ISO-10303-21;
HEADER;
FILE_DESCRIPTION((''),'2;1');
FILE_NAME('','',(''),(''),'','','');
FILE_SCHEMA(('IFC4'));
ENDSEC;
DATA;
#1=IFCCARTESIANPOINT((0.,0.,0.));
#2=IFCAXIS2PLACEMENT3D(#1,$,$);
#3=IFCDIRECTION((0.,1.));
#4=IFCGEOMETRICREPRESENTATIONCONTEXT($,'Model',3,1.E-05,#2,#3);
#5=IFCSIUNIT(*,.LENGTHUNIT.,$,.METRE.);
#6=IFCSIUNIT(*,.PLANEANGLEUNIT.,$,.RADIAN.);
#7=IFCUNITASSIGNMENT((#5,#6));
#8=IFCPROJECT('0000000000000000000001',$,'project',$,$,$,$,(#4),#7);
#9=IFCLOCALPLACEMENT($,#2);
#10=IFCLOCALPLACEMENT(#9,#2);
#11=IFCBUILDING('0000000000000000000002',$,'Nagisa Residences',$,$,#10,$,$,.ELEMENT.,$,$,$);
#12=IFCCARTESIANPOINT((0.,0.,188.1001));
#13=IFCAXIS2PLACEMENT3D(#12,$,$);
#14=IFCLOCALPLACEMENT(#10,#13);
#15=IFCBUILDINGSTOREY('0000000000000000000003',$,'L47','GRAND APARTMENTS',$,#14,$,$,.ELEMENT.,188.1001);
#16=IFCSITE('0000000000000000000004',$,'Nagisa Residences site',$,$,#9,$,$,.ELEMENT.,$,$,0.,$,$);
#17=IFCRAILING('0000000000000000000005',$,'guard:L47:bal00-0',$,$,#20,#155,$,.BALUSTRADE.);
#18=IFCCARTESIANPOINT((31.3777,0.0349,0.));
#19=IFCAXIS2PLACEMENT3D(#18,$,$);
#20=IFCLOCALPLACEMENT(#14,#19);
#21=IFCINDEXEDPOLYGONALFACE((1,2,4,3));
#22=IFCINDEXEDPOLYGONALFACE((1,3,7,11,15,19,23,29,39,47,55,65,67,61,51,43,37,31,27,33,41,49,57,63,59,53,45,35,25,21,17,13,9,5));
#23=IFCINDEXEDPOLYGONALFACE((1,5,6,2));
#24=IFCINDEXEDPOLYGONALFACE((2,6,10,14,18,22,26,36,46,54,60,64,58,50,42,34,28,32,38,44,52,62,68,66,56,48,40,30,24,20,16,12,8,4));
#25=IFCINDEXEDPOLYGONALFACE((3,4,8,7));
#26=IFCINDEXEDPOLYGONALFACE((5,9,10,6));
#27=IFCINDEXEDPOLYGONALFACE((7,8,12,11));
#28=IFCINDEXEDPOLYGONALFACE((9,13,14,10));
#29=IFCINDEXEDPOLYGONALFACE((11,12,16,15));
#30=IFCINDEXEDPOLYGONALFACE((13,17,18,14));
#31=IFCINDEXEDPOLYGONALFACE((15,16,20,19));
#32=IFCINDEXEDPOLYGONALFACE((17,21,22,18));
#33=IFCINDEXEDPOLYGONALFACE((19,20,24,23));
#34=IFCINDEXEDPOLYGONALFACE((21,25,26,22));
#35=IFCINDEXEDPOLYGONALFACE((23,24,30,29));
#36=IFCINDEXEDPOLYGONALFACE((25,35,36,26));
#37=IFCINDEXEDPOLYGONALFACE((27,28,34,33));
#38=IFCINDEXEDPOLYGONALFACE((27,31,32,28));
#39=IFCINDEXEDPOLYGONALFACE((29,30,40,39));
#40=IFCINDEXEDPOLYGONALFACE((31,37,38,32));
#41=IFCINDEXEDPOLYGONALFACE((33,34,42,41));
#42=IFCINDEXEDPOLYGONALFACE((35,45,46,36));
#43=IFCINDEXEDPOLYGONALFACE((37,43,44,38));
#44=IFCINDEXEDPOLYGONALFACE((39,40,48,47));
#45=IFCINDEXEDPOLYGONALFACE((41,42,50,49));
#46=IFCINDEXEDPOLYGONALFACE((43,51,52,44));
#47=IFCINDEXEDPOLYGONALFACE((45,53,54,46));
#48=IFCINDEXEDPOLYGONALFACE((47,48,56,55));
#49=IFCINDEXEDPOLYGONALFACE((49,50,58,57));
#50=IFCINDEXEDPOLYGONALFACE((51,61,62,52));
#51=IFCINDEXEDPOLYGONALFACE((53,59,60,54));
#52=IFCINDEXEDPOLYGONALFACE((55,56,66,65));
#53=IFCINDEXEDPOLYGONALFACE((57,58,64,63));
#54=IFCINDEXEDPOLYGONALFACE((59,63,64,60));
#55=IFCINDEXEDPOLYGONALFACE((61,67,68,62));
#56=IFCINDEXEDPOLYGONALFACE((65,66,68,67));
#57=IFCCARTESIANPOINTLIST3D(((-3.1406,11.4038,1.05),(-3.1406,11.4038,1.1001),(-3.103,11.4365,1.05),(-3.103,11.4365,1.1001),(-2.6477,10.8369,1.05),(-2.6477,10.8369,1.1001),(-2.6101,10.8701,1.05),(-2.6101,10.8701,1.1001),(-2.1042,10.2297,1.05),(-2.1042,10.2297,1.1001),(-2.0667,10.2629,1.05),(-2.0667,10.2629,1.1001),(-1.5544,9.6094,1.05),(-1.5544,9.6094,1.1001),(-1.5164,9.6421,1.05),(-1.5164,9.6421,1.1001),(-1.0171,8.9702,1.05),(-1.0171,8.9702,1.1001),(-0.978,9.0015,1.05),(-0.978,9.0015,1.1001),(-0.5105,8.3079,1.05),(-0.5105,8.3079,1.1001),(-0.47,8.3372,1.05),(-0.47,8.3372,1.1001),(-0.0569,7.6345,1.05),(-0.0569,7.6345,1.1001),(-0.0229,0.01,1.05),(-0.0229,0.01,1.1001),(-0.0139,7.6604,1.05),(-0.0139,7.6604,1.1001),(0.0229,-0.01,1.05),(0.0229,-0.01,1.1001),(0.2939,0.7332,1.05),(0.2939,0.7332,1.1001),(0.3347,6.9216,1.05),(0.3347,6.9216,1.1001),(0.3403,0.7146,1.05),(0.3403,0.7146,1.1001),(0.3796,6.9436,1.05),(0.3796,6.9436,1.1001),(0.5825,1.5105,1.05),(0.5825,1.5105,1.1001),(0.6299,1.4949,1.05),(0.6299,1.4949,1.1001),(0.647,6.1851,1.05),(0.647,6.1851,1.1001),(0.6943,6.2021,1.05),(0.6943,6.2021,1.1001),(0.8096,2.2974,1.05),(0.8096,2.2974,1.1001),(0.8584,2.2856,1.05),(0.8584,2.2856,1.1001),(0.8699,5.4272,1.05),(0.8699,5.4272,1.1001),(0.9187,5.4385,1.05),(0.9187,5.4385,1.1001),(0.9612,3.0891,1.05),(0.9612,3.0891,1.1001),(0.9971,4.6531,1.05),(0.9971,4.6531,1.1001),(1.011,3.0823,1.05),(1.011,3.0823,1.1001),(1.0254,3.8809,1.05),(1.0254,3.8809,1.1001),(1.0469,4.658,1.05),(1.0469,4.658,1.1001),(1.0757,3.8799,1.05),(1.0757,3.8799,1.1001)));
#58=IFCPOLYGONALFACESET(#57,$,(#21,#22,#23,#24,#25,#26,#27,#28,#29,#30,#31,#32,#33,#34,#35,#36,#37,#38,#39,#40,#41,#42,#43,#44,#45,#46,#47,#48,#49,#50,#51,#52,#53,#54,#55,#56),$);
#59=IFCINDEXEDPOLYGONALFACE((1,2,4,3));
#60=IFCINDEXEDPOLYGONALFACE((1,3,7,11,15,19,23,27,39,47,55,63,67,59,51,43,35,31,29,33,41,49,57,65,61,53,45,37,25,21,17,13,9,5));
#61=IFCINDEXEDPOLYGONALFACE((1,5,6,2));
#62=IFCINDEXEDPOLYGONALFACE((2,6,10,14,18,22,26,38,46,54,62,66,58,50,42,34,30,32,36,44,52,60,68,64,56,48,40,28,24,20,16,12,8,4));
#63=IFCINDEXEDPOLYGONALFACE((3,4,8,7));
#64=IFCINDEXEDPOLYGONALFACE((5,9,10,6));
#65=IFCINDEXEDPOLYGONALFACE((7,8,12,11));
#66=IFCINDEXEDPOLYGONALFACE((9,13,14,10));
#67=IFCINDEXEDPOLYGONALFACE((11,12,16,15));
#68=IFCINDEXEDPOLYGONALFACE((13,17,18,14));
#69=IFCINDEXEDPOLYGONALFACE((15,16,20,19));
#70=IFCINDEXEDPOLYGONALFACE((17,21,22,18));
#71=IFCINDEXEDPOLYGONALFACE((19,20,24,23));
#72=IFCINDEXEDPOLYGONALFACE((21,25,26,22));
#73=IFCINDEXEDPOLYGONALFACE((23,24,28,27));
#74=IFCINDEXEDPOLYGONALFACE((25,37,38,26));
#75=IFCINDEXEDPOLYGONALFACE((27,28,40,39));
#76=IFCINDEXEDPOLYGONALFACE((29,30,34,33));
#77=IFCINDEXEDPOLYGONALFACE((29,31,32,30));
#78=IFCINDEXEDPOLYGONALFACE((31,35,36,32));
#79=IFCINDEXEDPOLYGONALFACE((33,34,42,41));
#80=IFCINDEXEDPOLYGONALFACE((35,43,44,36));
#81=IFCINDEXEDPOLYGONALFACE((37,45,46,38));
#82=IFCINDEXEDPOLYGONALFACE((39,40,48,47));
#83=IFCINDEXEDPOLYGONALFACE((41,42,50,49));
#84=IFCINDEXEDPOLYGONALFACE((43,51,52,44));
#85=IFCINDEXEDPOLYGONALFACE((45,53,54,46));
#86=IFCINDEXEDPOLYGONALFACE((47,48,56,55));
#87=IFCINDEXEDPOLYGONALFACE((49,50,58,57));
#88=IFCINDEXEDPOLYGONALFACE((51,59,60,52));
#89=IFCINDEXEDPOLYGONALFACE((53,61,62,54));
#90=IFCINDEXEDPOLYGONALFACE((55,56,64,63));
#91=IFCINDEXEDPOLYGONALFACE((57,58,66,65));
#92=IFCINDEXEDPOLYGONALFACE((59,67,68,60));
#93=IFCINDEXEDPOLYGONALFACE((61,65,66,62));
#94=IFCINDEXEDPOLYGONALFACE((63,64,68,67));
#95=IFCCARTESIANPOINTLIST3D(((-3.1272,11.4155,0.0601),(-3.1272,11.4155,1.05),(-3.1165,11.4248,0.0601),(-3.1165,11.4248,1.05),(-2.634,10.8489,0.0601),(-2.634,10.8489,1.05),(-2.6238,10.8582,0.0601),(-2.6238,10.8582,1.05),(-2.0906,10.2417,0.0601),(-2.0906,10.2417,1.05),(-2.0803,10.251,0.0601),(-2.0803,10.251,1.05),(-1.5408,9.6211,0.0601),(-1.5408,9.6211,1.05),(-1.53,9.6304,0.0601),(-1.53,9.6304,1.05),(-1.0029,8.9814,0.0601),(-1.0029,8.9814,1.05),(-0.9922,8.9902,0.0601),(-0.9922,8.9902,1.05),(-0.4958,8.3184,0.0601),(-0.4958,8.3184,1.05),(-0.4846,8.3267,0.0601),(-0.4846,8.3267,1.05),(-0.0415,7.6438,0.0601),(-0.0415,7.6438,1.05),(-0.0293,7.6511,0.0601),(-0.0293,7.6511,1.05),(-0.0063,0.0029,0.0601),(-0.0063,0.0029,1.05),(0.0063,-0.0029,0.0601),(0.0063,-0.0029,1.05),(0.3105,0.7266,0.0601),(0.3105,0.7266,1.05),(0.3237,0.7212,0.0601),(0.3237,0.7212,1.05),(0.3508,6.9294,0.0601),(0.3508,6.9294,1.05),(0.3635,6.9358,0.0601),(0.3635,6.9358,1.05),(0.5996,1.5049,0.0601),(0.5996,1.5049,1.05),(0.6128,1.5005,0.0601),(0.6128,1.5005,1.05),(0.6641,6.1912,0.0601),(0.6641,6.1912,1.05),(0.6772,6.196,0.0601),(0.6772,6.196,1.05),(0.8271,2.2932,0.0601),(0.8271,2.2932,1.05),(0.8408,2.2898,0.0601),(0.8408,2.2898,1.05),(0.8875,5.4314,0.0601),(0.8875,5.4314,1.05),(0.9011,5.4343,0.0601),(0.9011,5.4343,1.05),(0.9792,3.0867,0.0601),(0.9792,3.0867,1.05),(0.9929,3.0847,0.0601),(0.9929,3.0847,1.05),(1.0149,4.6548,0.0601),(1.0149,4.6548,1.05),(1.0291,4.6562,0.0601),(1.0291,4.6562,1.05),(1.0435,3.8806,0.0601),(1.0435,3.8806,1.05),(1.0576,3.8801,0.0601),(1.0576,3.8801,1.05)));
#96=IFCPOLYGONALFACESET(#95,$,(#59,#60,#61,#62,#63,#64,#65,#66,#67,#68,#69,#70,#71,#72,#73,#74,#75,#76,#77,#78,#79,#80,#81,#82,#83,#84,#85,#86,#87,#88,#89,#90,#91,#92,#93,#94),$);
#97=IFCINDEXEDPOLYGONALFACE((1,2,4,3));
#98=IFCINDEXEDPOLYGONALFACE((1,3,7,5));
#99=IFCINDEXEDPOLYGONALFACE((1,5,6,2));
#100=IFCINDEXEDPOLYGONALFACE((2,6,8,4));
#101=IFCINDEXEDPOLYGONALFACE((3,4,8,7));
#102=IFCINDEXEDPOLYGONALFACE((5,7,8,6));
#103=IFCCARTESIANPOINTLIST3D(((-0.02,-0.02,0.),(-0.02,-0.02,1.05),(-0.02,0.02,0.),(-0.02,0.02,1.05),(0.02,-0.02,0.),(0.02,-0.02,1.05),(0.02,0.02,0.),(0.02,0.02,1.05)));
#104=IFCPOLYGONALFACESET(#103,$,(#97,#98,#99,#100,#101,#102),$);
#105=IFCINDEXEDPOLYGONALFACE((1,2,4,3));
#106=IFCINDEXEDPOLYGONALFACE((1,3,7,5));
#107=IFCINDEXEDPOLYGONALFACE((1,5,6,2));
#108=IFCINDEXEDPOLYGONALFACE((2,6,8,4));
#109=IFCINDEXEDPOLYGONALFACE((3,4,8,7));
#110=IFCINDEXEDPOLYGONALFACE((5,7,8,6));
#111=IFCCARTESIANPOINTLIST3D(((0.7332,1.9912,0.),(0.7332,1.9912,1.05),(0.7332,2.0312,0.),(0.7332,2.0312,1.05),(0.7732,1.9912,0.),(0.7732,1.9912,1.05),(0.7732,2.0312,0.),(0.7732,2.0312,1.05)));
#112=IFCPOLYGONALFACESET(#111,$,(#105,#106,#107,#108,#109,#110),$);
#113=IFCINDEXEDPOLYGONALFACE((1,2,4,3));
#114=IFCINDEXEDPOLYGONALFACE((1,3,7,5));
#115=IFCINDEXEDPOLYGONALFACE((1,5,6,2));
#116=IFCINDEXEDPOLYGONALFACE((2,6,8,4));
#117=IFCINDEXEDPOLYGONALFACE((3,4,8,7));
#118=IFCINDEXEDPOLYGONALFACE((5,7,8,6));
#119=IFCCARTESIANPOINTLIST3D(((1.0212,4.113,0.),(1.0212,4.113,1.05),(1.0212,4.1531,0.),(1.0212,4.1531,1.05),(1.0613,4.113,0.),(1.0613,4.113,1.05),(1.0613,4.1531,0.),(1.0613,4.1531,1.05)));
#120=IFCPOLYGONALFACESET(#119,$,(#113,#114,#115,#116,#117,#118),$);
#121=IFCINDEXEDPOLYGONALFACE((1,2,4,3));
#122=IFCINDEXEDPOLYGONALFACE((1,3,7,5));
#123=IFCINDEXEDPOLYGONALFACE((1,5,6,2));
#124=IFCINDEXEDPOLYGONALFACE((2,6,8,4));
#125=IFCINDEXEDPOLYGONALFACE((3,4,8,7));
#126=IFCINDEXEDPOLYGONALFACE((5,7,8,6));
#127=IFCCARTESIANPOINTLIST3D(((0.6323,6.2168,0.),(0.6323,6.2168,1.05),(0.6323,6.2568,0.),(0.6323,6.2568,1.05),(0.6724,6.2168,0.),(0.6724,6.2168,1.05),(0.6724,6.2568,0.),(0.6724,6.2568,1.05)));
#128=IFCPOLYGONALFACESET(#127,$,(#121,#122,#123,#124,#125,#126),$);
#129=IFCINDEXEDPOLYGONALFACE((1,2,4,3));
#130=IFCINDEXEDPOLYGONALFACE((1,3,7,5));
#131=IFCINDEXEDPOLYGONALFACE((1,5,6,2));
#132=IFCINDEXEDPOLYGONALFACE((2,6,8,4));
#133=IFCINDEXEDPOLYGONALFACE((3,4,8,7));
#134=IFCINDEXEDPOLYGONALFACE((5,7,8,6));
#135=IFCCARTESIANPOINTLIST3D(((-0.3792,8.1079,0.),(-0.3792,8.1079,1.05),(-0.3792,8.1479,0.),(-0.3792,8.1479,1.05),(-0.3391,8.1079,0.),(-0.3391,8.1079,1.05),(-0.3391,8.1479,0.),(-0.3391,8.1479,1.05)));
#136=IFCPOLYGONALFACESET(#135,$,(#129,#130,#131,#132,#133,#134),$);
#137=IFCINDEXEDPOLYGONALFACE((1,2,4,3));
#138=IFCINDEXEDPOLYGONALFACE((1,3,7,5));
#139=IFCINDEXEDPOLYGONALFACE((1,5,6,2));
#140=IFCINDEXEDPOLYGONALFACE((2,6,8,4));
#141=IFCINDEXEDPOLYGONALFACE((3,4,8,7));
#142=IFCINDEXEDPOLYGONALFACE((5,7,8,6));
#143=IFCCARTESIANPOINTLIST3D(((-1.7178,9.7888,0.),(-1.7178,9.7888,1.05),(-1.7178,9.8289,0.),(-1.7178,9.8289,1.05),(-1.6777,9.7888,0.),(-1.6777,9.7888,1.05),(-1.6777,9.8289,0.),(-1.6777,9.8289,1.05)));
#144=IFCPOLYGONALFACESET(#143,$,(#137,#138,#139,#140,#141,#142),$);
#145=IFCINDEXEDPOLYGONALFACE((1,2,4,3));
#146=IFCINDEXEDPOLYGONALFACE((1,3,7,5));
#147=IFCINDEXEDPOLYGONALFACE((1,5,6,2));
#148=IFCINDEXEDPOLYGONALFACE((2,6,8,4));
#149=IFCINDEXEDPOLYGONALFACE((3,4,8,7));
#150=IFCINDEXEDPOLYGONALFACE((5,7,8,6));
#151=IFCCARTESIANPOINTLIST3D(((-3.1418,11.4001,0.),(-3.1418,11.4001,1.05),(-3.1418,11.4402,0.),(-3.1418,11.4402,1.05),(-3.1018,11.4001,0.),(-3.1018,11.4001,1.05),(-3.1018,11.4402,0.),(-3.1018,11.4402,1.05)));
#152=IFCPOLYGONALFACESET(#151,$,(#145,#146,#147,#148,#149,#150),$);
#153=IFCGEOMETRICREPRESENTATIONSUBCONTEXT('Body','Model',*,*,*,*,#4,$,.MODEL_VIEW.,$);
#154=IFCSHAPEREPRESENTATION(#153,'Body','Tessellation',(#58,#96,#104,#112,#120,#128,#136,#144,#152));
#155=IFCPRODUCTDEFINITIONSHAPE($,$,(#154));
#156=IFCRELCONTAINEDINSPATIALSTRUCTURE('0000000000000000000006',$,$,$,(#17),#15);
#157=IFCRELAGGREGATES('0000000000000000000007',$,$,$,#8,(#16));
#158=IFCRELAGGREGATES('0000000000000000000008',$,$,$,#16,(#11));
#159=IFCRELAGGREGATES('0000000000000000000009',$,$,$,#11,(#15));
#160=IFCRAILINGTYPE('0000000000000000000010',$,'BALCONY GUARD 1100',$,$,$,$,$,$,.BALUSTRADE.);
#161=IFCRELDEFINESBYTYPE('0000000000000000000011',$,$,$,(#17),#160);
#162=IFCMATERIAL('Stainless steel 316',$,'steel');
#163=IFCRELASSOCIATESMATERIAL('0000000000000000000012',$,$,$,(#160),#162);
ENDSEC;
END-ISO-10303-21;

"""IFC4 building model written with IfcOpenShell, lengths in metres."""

from ifc_helpers import new_model, si_unit, direction, frame, origin, origin_2d, place, context, subcontext, project, spatial, polyline, rectangle, outline, extrude, material, type_object, element, save


model = new_model("IFC4")

# Units and contexts
model_context = context("Model", 3, precision=1e-05, world=origin(), true_north=direction((0.0, 1.0)))
body_context = subcontext(model_context, "Body", "Model", "MODEL_VIEW")
ifc_project = project(units=[si_unit("LENGTHUNIT", "METRE"), si_unit("PLANEANGLEUNIT", "RADIAN")], contexts=[model_context])

# Site, building, storey
site_placement = place(None, origin())
site = spatial("IfcSite", under=ifc_project, at=site_placement, Name="Nagisa Residences site", CompositionType="ELEMENT", RefElevation=0.0)
building_placement = place(site_placement, origin())
building = spatial("IfcBuilding", under=site, at=building_placement, Name="Nagisa Residences", CompositionType="ELEMENT")
storey_placement = place(building_placement, frame((0.0, 0.0, 188.1001)))
storey = spatial("IfcBuildingStorey", under=building, at=storey_placement, Name="L47", Description="GRAND APARTMENTS", CompositionType="ELEMENT", Elevation=188.1001)

# Railing
ifc_material_1 = material(Name="Stainless steel 316", Category="steel")
railing_type = type_object("IfcRailingType", Name="BALCONY GUARD 1100", PredefinedType="BALUSTRADE", material=ifc_material_1)
railing_1_placement = place(storey_placement, frame((31.3777, 0.0349, 0.0)))
element("IfcRailing", 1, at=railing_1_placement, inside=storey, type_object=railing_type, Name="guard:L47:bal00-0", PredefinedType="BALUSTRADE", context=body_context, shape_type="SweptSolid", body=[
    extrude(outline(polyline([(0.2939, 0.7332), (-0.0229, 0.01), (0.0229, -0.01), (0.3403, 0.7146), (0.6299, 1.4949), (0.8584, 2.2856), (1.011, 3.0823), (1.0757, 3.8799), (1.0469, 4.658), (0.9187, 5.4385), (0.6943, 6.2021), (0.3796, 6.9436), (-0.0139, 7.6604), (-0.47, 8.3372), (-0.978, 9.0015), (-1.5164, 9.6421), (-2.0667, 10.2629), (-2.6101, 10.8701), (-3.103, 11.4365), (-3.1406, 11.4038), (-2.6477, 10.8369), (-2.1042, 10.2297), (-1.5544, 9.6094), (-1.0171, 8.9702), (-0.5105, 8.3079), (-0.0569, 7.6345), (0.3347, 6.9216), (0.647, 6.1851), (0.8699, 5.4272), (0.9971, 4.6531), (1.0254, 3.8809), (0.9612, 3.0891), (0.8096, 2.2974), (0.5825, 1.5105), (0.2939, 0.7332)])), frame((0.0, 0.0, 1.05)), (0.0, 0.0, 1.0), 0.05),
    extrude(outline(polyline([(0.3105, 0.7266), (-0.0063, 0.0029), (0.0063, -0.0029), (0.3237, 0.7212), (0.6128, 1.5005), (0.8408, 2.2898), (0.9929, 3.0847), (1.0576, 3.8801), (1.0291, 4.6562), (0.9011, 5.4343), (0.6772, 6.196), (0.3635, 6.9358), (-0.0293, 7.6511), (-0.4846, 8.3267), (-0.9922, 8.9902), (-1.53, 9.6304), (-2.0803, 10.251), (-2.6238, 10.8582), (-3.1165, 11.4248), (-3.1272, 11.4155), (-2.634, 10.8489), (-2.0906, 10.2417), (-1.5408, 9.6211), (-1.0029, 8.9814), (-0.4958, 8.3184), (-0.0415, 7.6438), (0.3508, 6.9294), (0.6641, 6.1912), (0.8875, 5.4314), (1.0149, 4.6548), (1.0435, 3.8806), (0.9792, 3.0867), (0.8271, 2.2932), (0.5996, 1.5049), (0.3105, 0.7266)])), frame((0.0, 0.0, 0.0601)), (0.0, 0.0, 1.0), 0.99),
    extrude(rectangle(XDim=0.04, YDim=0.04, at=origin_2d()), origin(), (0.0, 0.0, 1.0), 1.05),
    extrude(rectangle(XDim=0.04, YDim=0.04, at=origin_2d()), frame((0.7532, 2.0112, 0.0)), (0.0, 0.0, 1.0), 1.05),
    extrude(rectangle(XDim=0.04, YDim=0.04, at=origin_2d()), frame((1.0413, 4.1331, 0.0)), (0.0, 0.0, 1.0), 1.05),
    extrude(rectangle(XDim=0.04, YDim=0.04, at=origin_2d()), frame((0.6523, 6.2368, 0.0)), (0.0, 0.0, 1.0), 1.05),
    extrude(rectangle(XDim=0.04, YDim=0.04, at=origin_2d()), frame((-0.3591, 8.1279, 0.0)), (0.0, 0.0, 1.0), 1.05),
    extrude(rectangle(XDim=0.04, YDim=0.04, at=origin_2d()), frame((-1.6978, 9.8088, 0.0)), (0.0, 0.0, 1.0), 1.05),
    extrude(rectangle(XDim=0.04, YDim=0.04, at=origin_2d()), frame((-3.1218, 11.4202, 0.0)), (0.0, 0.0, 1.0), 1.05),
])

save(model, "model.ifc")
